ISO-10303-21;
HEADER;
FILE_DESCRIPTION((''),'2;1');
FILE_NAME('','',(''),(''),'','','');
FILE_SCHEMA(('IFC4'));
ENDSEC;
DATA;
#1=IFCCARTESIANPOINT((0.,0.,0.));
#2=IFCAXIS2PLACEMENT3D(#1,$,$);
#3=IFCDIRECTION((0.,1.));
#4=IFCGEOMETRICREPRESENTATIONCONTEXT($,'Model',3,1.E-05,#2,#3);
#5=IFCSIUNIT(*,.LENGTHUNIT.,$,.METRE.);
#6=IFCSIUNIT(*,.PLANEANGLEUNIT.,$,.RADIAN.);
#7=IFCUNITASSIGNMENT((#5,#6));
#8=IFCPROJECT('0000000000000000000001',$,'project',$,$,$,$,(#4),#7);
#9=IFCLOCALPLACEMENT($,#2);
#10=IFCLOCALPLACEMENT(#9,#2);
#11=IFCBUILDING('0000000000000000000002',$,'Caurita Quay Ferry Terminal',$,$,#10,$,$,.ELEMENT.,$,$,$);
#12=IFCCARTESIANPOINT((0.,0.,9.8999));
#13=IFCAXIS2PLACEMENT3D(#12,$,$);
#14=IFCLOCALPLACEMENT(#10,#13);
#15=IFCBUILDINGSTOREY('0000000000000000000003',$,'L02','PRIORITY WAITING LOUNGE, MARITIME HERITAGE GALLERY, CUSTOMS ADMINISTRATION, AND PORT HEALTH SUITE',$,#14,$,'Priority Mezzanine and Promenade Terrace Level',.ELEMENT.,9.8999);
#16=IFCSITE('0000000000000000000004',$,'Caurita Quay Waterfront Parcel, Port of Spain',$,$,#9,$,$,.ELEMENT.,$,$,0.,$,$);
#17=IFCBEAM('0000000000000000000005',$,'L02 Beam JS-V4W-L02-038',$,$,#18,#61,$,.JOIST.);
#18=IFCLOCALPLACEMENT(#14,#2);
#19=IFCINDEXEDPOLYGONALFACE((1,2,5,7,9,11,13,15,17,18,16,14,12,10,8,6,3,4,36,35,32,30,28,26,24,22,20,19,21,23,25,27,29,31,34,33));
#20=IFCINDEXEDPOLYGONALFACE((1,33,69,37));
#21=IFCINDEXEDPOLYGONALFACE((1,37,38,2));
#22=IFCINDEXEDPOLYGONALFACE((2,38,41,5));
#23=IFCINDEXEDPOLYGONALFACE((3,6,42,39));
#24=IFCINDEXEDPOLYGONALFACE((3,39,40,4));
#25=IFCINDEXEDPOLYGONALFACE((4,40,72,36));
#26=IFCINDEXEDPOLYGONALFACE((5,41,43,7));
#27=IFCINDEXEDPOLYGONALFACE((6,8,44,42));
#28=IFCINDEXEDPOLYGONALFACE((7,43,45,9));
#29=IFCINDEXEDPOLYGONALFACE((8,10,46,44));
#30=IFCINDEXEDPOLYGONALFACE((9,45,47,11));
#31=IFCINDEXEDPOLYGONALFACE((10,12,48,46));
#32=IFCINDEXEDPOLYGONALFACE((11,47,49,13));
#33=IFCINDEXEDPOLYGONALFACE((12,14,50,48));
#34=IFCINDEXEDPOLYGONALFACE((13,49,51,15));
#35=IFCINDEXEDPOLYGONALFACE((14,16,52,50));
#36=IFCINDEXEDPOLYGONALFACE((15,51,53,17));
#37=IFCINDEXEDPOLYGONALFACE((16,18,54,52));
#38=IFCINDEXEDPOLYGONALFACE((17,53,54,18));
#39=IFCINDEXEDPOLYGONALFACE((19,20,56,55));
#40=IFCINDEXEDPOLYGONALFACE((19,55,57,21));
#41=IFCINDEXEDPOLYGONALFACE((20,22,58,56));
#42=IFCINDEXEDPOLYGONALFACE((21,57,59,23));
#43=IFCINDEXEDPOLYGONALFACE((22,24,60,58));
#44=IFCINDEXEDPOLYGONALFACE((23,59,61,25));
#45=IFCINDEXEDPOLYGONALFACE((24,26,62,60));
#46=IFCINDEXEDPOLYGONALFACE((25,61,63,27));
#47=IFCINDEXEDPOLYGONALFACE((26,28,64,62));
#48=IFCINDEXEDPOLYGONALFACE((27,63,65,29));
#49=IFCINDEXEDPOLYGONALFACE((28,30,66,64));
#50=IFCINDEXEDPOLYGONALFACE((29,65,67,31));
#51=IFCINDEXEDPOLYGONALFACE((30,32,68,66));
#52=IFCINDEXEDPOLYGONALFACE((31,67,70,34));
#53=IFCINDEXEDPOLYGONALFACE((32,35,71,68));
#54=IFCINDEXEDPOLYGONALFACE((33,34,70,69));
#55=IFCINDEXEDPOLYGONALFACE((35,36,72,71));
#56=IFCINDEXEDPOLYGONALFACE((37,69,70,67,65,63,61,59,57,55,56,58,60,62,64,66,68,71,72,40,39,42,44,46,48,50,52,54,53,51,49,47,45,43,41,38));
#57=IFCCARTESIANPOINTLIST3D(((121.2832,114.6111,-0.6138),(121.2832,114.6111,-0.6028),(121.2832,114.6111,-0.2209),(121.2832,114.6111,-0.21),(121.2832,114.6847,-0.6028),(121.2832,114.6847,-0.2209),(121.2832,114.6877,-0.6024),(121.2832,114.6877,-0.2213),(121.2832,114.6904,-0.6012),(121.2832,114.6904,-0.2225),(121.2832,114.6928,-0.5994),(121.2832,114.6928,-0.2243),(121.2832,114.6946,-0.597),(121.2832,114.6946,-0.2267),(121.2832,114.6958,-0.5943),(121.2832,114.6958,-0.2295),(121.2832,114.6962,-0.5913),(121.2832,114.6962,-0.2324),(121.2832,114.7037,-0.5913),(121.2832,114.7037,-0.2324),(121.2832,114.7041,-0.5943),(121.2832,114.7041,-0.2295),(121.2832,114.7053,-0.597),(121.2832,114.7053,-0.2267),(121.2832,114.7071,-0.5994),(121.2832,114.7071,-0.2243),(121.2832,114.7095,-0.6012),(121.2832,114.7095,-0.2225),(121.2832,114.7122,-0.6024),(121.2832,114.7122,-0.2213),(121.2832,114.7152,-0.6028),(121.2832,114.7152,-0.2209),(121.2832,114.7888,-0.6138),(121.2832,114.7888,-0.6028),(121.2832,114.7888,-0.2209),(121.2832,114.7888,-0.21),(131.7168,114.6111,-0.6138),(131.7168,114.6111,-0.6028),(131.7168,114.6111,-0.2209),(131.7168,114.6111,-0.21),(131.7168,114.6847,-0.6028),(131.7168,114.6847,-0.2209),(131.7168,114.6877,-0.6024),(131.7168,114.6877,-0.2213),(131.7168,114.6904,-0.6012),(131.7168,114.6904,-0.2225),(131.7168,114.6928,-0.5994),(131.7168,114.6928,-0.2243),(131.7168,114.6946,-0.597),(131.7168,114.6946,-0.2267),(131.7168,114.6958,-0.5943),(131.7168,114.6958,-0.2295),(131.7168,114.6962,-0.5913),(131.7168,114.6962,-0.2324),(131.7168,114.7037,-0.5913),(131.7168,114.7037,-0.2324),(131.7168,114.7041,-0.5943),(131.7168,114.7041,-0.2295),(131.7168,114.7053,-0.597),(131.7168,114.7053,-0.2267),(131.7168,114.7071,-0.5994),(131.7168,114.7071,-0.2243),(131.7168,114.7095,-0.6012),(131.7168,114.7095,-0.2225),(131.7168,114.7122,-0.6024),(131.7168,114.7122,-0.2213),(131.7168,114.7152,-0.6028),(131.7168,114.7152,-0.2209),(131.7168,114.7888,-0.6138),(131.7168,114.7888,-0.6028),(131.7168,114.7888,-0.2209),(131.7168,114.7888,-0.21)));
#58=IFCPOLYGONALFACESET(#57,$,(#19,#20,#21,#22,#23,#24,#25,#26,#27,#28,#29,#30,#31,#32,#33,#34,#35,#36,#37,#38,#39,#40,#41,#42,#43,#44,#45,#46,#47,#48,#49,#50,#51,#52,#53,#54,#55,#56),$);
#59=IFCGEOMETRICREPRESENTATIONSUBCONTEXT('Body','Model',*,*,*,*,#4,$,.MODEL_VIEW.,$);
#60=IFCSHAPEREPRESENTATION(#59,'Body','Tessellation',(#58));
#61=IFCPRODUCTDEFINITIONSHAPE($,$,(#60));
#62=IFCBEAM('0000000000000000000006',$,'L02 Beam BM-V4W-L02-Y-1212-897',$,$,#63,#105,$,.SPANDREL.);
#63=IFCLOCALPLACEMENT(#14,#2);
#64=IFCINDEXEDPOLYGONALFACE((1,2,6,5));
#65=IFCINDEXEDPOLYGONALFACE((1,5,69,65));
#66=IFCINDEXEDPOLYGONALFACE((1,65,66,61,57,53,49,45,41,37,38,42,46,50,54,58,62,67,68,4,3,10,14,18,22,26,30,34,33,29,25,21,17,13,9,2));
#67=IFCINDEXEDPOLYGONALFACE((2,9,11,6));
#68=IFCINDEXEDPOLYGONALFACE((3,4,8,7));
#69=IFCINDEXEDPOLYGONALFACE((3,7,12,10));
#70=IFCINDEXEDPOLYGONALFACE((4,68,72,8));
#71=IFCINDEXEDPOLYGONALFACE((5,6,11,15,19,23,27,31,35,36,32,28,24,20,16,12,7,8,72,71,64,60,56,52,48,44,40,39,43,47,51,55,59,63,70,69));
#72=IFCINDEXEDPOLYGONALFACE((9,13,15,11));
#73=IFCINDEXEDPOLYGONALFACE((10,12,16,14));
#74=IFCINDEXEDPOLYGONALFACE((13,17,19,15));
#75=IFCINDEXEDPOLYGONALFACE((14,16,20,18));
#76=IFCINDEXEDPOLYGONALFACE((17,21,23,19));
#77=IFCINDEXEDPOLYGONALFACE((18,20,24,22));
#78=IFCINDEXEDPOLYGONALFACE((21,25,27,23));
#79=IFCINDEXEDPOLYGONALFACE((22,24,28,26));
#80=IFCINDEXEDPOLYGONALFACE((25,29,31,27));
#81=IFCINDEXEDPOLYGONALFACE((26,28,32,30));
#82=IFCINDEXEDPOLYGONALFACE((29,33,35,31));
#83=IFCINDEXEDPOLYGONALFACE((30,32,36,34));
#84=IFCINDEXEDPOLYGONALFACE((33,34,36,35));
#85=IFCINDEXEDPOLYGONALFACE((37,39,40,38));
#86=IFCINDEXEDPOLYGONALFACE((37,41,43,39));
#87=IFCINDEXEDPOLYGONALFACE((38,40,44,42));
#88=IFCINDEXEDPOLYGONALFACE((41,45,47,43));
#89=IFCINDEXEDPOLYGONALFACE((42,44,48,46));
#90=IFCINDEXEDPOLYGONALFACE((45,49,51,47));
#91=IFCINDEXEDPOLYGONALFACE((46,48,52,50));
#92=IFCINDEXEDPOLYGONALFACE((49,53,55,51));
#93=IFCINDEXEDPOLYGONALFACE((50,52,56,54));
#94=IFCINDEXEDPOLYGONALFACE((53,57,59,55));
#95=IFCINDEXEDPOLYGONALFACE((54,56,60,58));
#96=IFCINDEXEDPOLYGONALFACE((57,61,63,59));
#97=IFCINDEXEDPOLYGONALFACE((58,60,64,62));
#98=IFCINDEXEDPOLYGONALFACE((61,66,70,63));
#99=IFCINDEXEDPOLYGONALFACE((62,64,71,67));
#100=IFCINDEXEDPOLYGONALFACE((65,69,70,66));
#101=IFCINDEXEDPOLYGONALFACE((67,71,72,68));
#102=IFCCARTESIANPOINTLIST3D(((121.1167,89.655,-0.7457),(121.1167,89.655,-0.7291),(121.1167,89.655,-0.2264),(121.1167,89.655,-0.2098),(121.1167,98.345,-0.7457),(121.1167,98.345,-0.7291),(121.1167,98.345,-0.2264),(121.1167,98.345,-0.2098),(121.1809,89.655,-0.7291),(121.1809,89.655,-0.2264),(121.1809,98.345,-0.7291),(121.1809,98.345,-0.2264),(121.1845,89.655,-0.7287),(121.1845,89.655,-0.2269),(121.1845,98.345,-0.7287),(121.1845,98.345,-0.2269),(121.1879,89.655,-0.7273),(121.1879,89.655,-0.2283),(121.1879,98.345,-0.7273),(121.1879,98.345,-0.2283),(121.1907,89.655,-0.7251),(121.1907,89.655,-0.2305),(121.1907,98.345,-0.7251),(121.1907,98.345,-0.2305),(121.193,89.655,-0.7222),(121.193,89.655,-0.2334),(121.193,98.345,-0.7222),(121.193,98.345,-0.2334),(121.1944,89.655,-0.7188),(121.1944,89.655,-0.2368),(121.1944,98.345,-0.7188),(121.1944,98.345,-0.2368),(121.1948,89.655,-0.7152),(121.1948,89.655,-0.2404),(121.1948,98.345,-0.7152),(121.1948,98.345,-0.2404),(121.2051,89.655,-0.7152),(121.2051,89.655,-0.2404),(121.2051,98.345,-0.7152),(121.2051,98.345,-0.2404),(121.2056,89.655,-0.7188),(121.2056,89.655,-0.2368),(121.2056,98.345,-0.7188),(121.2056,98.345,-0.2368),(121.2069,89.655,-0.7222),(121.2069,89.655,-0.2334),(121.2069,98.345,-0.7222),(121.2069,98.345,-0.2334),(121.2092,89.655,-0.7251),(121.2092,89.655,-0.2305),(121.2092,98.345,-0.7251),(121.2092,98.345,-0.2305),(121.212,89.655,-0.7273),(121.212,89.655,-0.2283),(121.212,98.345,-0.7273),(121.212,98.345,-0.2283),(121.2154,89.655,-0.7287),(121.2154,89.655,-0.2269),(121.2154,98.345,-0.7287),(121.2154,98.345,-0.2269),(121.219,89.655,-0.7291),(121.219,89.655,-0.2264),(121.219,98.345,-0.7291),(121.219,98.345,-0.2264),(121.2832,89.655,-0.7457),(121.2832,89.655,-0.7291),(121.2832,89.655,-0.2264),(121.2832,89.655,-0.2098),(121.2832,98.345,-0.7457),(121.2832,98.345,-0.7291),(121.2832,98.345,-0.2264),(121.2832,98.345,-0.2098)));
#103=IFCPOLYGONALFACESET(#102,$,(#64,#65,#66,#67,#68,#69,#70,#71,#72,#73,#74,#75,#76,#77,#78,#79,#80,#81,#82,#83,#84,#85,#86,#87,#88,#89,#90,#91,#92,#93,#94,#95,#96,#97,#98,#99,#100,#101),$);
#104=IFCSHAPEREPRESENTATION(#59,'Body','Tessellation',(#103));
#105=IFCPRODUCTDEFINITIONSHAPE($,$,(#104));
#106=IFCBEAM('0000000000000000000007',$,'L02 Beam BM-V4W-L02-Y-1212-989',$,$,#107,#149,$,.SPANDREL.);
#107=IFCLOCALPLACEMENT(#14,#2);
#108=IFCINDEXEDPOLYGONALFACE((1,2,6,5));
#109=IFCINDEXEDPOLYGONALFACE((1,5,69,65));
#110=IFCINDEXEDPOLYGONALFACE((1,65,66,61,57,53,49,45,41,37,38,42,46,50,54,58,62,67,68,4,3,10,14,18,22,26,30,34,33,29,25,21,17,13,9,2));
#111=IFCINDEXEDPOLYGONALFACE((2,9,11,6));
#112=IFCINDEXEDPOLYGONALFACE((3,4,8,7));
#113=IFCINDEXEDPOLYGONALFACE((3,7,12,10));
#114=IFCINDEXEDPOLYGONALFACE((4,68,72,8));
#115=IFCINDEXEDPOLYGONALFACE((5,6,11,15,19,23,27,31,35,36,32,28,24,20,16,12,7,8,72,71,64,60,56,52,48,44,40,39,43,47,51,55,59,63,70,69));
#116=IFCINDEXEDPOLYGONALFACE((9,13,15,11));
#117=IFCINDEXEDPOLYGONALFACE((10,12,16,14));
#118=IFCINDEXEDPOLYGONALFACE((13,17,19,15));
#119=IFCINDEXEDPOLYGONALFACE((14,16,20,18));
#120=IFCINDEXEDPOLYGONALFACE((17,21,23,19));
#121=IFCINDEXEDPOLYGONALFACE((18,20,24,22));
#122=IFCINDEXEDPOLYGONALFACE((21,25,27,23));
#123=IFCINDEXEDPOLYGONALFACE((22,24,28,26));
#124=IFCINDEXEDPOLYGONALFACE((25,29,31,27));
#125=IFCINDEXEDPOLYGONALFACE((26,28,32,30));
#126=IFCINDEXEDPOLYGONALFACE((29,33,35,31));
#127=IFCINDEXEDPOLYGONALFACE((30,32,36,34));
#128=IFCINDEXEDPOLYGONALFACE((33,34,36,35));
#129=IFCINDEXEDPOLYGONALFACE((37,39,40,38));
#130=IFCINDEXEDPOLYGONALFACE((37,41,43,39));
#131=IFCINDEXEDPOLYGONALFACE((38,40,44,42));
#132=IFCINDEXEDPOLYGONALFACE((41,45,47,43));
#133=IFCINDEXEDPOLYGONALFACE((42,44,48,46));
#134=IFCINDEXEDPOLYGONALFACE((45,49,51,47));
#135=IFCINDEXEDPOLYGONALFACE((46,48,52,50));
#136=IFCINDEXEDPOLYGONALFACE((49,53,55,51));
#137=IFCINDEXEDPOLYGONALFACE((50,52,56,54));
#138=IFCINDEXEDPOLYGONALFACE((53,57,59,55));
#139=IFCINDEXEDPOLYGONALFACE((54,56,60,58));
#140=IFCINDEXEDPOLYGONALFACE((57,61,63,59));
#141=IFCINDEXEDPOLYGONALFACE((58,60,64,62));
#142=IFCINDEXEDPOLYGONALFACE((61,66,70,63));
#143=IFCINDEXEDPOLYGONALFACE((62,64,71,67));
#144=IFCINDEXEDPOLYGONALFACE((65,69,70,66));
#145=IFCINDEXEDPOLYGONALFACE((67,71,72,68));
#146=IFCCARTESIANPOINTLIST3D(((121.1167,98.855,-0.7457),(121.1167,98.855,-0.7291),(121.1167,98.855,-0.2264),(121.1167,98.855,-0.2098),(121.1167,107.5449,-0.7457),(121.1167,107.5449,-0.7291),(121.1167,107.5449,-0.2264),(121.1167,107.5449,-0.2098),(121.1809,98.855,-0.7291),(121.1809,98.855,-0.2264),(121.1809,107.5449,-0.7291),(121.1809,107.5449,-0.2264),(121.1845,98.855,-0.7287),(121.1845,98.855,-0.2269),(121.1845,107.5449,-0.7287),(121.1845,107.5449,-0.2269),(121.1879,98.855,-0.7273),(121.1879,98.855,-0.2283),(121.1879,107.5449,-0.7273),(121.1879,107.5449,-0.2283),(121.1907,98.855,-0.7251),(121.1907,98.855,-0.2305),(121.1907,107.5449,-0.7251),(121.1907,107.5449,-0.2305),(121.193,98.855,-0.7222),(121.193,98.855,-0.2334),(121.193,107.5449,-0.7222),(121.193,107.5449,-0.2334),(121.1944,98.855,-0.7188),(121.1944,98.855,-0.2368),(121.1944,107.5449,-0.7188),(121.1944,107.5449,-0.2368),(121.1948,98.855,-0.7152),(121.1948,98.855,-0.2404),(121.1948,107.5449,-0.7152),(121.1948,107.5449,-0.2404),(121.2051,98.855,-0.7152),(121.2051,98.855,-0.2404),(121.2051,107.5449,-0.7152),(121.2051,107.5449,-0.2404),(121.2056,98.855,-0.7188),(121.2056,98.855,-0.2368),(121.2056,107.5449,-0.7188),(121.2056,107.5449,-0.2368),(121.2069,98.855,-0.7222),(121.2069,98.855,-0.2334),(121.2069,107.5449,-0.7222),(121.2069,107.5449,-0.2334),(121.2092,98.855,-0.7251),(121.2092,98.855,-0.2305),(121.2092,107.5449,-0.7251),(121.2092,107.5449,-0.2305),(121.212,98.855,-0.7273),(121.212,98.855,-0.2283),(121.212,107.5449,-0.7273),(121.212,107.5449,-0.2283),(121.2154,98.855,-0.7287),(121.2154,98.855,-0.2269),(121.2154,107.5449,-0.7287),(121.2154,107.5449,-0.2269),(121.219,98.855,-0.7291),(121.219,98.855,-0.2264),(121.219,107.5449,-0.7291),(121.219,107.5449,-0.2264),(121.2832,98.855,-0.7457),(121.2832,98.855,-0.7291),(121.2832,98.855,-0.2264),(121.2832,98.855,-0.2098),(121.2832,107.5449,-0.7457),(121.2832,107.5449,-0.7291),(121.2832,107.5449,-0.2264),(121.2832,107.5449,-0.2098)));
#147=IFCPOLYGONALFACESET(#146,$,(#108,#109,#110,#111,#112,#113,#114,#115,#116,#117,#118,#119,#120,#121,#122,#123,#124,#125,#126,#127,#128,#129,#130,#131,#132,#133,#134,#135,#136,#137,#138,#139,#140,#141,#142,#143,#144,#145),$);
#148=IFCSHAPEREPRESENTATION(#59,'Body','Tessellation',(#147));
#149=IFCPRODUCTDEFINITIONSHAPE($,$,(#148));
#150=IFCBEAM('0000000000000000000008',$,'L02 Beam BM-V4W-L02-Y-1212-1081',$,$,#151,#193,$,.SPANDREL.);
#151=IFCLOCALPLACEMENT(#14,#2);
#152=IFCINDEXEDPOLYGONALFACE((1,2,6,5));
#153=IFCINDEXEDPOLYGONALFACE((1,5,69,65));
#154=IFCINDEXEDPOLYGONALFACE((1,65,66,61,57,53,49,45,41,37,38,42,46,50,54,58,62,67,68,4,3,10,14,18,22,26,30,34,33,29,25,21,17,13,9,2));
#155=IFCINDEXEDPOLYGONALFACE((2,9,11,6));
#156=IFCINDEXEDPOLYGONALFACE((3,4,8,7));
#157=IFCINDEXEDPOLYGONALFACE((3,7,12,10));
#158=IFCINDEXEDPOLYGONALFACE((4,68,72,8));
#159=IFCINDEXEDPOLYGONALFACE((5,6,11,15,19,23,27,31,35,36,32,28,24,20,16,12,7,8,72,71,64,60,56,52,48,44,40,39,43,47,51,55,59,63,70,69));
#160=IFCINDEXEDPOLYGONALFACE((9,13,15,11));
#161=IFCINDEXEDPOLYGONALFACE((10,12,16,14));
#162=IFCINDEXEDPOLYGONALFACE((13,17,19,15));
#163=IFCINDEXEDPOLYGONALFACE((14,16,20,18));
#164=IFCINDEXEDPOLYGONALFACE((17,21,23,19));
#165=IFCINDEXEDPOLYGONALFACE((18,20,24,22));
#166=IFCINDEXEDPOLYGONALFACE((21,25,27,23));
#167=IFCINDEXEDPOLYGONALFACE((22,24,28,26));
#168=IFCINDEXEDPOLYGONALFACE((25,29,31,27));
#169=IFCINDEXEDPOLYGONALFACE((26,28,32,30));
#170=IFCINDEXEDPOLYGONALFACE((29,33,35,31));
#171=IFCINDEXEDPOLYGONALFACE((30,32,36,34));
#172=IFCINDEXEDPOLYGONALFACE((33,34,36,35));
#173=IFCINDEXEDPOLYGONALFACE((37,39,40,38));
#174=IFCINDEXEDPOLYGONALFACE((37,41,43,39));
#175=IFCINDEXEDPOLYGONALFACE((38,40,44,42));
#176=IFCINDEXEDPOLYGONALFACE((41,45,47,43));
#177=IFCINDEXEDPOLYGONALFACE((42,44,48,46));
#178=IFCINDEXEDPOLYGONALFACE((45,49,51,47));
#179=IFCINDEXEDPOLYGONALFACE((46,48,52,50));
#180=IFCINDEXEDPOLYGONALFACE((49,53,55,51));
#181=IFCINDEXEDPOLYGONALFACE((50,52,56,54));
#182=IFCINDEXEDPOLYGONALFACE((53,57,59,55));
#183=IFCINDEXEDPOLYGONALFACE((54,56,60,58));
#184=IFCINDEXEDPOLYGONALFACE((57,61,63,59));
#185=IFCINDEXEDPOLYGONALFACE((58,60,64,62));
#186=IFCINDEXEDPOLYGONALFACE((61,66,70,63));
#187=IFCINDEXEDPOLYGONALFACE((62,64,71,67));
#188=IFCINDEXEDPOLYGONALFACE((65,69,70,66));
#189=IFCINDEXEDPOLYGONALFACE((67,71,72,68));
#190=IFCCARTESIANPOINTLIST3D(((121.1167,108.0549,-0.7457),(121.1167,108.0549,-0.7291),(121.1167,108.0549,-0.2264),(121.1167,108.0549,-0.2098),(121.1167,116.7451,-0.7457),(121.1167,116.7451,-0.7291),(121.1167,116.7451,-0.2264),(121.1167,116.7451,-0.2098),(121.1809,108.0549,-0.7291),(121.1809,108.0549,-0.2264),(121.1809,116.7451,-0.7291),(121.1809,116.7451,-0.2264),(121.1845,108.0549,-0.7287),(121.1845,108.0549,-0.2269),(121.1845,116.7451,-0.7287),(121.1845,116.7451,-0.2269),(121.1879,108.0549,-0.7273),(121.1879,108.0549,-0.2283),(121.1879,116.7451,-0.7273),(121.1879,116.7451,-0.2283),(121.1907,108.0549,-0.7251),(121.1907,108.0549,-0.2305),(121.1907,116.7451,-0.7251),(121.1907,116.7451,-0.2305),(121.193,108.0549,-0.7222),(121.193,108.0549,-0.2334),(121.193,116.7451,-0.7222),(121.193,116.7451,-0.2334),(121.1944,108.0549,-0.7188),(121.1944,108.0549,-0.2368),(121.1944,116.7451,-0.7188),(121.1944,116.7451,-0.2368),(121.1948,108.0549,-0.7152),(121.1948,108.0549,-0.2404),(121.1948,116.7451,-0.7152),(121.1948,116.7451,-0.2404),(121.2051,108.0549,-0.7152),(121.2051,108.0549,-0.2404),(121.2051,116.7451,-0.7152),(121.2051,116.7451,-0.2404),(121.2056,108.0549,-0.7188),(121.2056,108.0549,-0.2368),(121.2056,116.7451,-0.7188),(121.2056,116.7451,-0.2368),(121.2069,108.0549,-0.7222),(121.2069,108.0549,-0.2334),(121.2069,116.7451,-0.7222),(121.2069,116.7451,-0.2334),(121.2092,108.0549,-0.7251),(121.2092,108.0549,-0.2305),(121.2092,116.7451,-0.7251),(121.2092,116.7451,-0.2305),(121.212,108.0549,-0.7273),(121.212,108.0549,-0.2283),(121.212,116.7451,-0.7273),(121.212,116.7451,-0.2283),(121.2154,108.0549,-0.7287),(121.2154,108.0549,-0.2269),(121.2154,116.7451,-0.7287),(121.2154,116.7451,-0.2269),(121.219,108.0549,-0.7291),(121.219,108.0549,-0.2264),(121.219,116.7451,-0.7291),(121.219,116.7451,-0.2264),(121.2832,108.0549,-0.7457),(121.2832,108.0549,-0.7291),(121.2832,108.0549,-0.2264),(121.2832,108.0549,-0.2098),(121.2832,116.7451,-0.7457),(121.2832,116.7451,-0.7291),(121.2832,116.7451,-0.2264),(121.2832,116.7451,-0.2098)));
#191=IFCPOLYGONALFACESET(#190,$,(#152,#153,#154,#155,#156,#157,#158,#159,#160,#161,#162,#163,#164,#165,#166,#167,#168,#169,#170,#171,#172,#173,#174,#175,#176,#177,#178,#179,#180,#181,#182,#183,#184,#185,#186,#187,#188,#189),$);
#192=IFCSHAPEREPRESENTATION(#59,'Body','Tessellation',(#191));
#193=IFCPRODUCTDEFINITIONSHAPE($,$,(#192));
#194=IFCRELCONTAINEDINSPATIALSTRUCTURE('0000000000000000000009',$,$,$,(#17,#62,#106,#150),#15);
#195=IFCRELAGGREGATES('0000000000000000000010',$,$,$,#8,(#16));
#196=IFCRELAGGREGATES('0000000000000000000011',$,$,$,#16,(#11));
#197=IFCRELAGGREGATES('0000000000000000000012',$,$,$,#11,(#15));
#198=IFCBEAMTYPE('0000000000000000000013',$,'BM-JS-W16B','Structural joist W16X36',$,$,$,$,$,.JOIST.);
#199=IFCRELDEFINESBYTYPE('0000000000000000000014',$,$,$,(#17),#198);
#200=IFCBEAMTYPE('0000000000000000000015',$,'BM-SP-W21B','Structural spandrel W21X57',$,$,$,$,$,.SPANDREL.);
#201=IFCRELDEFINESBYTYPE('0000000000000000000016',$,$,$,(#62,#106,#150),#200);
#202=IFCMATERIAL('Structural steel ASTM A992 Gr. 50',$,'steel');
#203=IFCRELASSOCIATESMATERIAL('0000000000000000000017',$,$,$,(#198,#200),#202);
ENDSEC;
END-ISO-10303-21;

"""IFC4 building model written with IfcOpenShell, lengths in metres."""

from ifc_helpers import new_model, si_unit, direction, frame, origin, origin_2d, place, context, subcontext, project, spatial, i_section, extrude, material, material_profile, profile_set, type_object, element, save


model = new_model("IFC4")

# Units and contexts
model_context = context("Model", 3, precision=1e-05, world=origin(), true_north=direction((0.0, 1.0)))
body_context = subcontext(model_context, "Body", "Model", "MODEL_VIEW")
ifc_project = project(units=[si_unit("LENGTHUNIT", "METRE"), si_unit("PLANEANGLEUNIT", "RADIAN")], contexts=[model_context])

# Site, building, storey
site_placement = place(None, origin())
site = spatial("IfcSite", under=ifc_project, at=site_placement, Name="Caurita Quay Waterfront Parcel, Port of Spain", CompositionType="ELEMENT", RefElevation=0.0)
building_placement = place(site_placement, origin())
building = spatial("IfcBuilding", under=site, at=building_placement, Name="Caurita Quay Ferry Terminal", CompositionType="ELEMENT")
storey_placement = place(building_placement, frame((0.0, 0.0, 9.8999)))
storey = spatial("IfcBuildingStorey", under=building, at=storey_placement, Name="L02", Description="PRIORITY WAITING LOUNGE, MARITIME HERITAGE GALLERY, CUSTOMS ADMINISTRATION, AND PORT HEALTH SUITE", LongName="Priority Mezzanine and Promenade Terrace Level", CompositionType="ELEMENT", Elevation=9.8999)

# Beams
ifc_material_1 = material(Name="Structural steel ASTM A992 Gr. 50", Category="steel")
ifc_material_profile_1 = material_profile(ifc_material_1, i_section(OverallWidth=0.1777, OverallDepth=0.4038, WebThickness=0.0076, FlangeThickness=0.011, FilletRadius=0.0115, at=origin_2d()), Name="W16X36")
ifc_profile_set_1 = profile_set([ifc_material_profile_1], Name="Structural steel ASTM A992 Gr. 50")
beam_type_1 = type_object("IfcBeamType", Name="BM-JS-W16B", Description="Structural joist W16X36", PredefinedType="JOIST", material=ifc_profile_set_1)
for number, where, z_axis, x_axis, name in (
    (1, (121.2832, 114.7, -0.4119), (1.0, 0.0, 0.0), (0.0, 1.0, 0.0), "L02 Beam JS-V4W-L02-038"),
):
    element("IfcBeam", number, at=place(storey_placement, frame(where, z_axis=z_axis, x_axis=x_axis)), inside=storey, type_object=beam_type_1, Name=name, PredefinedType="JOIST", context=body_context, shape_type="SweptSolid", body=[
        extrude(i_section(OverallWidth=0.1777, OverallDepth=0.4038, WebThickness=0.0076, FlangeThickness=0.011, FilletRadius=0.0115, at=origin_2d()), origin(), (0.0, 0.0, 1.0), 10.4336),
    ])
ifc_material_profile_2 = material_profile(ifc_material_1, i_section(OverallWidth=0.1665, OverallDepth=0.5359, WebThickness=0.0103, FlangeThickness=0.0166, FilletRadius=0.0139, at=origin_2d()), Name="W21X57")
ifc_profile_set_2 = profile_set([ifc_material_profile_2], Name="Structural steel ASTM A992 Gr. 50")
beam_type_2 = type_object("IfcBeamType", Name="BM-SP-W21B", Description="Structural spandrel W21X57", PredefinedType="SPANDREL", material=ifc_profile_set_2)
for number, where, z_axis, x_axis, name in (
    (2, (121.2, 89.655, -0.4778), (0.0, 1.0, 0.0), (-1.0, 0.0, 0.0), "L02 Beam BM-V4W-L02-Y-1212-897"),
    (3, (121.2, 98.855, -0.4778), (0.0, 1.0, 0.0), (-1.0, 0.0, 0.0), "L02 Beam BM-V4W-L02-Y-1212-989"),
):
    element("IfcBeam", number, at=place(storey_placement, frame(where, z_axis=z_axis, x_axis=x_axis)), inside=storey, type_object=beam_type_2, Name=name, PredefinedType="SPANDREL", context=body_context, shape_type="SweptSolid", body=[
        extrude(i_section(OverallWidth=0.1665, OverallDepth=0.5359, WebThickness=0.0103, FlangeThickness=0.0166, FilletRadius=0.0139, at=origin_2d()), origin(), (0.0, 0.0, 1.0), 8.6899),
    ])
beam_1_placement = place(storey_placement, frame((121.2, 108.0549, -0.4778), z_axis=(0.0, 1.0, 0.0), x_axis=(-1.0, 0.0, 0.0)))
element("IfcBeam", 4, at=beam_1_placement, inside=storey, type_object=beam_type_2, Name="L02 Beam BM-V4W-L02-Y-1212-1081", PredefinedType="SPANDREL", context=body_context, shape_type="SweptSolid", body=[
    extrude(i_section(OverallWidth=0.1665, OverallDepth=0.5359, WebThickness=0.0103, FlangeThickness=0.0166, FilletRadius=0.0139, at=origin_2d()), origin(), (0.0, 0.0, 1.0), 8.6902),
])

save(model, "model.ifc")
